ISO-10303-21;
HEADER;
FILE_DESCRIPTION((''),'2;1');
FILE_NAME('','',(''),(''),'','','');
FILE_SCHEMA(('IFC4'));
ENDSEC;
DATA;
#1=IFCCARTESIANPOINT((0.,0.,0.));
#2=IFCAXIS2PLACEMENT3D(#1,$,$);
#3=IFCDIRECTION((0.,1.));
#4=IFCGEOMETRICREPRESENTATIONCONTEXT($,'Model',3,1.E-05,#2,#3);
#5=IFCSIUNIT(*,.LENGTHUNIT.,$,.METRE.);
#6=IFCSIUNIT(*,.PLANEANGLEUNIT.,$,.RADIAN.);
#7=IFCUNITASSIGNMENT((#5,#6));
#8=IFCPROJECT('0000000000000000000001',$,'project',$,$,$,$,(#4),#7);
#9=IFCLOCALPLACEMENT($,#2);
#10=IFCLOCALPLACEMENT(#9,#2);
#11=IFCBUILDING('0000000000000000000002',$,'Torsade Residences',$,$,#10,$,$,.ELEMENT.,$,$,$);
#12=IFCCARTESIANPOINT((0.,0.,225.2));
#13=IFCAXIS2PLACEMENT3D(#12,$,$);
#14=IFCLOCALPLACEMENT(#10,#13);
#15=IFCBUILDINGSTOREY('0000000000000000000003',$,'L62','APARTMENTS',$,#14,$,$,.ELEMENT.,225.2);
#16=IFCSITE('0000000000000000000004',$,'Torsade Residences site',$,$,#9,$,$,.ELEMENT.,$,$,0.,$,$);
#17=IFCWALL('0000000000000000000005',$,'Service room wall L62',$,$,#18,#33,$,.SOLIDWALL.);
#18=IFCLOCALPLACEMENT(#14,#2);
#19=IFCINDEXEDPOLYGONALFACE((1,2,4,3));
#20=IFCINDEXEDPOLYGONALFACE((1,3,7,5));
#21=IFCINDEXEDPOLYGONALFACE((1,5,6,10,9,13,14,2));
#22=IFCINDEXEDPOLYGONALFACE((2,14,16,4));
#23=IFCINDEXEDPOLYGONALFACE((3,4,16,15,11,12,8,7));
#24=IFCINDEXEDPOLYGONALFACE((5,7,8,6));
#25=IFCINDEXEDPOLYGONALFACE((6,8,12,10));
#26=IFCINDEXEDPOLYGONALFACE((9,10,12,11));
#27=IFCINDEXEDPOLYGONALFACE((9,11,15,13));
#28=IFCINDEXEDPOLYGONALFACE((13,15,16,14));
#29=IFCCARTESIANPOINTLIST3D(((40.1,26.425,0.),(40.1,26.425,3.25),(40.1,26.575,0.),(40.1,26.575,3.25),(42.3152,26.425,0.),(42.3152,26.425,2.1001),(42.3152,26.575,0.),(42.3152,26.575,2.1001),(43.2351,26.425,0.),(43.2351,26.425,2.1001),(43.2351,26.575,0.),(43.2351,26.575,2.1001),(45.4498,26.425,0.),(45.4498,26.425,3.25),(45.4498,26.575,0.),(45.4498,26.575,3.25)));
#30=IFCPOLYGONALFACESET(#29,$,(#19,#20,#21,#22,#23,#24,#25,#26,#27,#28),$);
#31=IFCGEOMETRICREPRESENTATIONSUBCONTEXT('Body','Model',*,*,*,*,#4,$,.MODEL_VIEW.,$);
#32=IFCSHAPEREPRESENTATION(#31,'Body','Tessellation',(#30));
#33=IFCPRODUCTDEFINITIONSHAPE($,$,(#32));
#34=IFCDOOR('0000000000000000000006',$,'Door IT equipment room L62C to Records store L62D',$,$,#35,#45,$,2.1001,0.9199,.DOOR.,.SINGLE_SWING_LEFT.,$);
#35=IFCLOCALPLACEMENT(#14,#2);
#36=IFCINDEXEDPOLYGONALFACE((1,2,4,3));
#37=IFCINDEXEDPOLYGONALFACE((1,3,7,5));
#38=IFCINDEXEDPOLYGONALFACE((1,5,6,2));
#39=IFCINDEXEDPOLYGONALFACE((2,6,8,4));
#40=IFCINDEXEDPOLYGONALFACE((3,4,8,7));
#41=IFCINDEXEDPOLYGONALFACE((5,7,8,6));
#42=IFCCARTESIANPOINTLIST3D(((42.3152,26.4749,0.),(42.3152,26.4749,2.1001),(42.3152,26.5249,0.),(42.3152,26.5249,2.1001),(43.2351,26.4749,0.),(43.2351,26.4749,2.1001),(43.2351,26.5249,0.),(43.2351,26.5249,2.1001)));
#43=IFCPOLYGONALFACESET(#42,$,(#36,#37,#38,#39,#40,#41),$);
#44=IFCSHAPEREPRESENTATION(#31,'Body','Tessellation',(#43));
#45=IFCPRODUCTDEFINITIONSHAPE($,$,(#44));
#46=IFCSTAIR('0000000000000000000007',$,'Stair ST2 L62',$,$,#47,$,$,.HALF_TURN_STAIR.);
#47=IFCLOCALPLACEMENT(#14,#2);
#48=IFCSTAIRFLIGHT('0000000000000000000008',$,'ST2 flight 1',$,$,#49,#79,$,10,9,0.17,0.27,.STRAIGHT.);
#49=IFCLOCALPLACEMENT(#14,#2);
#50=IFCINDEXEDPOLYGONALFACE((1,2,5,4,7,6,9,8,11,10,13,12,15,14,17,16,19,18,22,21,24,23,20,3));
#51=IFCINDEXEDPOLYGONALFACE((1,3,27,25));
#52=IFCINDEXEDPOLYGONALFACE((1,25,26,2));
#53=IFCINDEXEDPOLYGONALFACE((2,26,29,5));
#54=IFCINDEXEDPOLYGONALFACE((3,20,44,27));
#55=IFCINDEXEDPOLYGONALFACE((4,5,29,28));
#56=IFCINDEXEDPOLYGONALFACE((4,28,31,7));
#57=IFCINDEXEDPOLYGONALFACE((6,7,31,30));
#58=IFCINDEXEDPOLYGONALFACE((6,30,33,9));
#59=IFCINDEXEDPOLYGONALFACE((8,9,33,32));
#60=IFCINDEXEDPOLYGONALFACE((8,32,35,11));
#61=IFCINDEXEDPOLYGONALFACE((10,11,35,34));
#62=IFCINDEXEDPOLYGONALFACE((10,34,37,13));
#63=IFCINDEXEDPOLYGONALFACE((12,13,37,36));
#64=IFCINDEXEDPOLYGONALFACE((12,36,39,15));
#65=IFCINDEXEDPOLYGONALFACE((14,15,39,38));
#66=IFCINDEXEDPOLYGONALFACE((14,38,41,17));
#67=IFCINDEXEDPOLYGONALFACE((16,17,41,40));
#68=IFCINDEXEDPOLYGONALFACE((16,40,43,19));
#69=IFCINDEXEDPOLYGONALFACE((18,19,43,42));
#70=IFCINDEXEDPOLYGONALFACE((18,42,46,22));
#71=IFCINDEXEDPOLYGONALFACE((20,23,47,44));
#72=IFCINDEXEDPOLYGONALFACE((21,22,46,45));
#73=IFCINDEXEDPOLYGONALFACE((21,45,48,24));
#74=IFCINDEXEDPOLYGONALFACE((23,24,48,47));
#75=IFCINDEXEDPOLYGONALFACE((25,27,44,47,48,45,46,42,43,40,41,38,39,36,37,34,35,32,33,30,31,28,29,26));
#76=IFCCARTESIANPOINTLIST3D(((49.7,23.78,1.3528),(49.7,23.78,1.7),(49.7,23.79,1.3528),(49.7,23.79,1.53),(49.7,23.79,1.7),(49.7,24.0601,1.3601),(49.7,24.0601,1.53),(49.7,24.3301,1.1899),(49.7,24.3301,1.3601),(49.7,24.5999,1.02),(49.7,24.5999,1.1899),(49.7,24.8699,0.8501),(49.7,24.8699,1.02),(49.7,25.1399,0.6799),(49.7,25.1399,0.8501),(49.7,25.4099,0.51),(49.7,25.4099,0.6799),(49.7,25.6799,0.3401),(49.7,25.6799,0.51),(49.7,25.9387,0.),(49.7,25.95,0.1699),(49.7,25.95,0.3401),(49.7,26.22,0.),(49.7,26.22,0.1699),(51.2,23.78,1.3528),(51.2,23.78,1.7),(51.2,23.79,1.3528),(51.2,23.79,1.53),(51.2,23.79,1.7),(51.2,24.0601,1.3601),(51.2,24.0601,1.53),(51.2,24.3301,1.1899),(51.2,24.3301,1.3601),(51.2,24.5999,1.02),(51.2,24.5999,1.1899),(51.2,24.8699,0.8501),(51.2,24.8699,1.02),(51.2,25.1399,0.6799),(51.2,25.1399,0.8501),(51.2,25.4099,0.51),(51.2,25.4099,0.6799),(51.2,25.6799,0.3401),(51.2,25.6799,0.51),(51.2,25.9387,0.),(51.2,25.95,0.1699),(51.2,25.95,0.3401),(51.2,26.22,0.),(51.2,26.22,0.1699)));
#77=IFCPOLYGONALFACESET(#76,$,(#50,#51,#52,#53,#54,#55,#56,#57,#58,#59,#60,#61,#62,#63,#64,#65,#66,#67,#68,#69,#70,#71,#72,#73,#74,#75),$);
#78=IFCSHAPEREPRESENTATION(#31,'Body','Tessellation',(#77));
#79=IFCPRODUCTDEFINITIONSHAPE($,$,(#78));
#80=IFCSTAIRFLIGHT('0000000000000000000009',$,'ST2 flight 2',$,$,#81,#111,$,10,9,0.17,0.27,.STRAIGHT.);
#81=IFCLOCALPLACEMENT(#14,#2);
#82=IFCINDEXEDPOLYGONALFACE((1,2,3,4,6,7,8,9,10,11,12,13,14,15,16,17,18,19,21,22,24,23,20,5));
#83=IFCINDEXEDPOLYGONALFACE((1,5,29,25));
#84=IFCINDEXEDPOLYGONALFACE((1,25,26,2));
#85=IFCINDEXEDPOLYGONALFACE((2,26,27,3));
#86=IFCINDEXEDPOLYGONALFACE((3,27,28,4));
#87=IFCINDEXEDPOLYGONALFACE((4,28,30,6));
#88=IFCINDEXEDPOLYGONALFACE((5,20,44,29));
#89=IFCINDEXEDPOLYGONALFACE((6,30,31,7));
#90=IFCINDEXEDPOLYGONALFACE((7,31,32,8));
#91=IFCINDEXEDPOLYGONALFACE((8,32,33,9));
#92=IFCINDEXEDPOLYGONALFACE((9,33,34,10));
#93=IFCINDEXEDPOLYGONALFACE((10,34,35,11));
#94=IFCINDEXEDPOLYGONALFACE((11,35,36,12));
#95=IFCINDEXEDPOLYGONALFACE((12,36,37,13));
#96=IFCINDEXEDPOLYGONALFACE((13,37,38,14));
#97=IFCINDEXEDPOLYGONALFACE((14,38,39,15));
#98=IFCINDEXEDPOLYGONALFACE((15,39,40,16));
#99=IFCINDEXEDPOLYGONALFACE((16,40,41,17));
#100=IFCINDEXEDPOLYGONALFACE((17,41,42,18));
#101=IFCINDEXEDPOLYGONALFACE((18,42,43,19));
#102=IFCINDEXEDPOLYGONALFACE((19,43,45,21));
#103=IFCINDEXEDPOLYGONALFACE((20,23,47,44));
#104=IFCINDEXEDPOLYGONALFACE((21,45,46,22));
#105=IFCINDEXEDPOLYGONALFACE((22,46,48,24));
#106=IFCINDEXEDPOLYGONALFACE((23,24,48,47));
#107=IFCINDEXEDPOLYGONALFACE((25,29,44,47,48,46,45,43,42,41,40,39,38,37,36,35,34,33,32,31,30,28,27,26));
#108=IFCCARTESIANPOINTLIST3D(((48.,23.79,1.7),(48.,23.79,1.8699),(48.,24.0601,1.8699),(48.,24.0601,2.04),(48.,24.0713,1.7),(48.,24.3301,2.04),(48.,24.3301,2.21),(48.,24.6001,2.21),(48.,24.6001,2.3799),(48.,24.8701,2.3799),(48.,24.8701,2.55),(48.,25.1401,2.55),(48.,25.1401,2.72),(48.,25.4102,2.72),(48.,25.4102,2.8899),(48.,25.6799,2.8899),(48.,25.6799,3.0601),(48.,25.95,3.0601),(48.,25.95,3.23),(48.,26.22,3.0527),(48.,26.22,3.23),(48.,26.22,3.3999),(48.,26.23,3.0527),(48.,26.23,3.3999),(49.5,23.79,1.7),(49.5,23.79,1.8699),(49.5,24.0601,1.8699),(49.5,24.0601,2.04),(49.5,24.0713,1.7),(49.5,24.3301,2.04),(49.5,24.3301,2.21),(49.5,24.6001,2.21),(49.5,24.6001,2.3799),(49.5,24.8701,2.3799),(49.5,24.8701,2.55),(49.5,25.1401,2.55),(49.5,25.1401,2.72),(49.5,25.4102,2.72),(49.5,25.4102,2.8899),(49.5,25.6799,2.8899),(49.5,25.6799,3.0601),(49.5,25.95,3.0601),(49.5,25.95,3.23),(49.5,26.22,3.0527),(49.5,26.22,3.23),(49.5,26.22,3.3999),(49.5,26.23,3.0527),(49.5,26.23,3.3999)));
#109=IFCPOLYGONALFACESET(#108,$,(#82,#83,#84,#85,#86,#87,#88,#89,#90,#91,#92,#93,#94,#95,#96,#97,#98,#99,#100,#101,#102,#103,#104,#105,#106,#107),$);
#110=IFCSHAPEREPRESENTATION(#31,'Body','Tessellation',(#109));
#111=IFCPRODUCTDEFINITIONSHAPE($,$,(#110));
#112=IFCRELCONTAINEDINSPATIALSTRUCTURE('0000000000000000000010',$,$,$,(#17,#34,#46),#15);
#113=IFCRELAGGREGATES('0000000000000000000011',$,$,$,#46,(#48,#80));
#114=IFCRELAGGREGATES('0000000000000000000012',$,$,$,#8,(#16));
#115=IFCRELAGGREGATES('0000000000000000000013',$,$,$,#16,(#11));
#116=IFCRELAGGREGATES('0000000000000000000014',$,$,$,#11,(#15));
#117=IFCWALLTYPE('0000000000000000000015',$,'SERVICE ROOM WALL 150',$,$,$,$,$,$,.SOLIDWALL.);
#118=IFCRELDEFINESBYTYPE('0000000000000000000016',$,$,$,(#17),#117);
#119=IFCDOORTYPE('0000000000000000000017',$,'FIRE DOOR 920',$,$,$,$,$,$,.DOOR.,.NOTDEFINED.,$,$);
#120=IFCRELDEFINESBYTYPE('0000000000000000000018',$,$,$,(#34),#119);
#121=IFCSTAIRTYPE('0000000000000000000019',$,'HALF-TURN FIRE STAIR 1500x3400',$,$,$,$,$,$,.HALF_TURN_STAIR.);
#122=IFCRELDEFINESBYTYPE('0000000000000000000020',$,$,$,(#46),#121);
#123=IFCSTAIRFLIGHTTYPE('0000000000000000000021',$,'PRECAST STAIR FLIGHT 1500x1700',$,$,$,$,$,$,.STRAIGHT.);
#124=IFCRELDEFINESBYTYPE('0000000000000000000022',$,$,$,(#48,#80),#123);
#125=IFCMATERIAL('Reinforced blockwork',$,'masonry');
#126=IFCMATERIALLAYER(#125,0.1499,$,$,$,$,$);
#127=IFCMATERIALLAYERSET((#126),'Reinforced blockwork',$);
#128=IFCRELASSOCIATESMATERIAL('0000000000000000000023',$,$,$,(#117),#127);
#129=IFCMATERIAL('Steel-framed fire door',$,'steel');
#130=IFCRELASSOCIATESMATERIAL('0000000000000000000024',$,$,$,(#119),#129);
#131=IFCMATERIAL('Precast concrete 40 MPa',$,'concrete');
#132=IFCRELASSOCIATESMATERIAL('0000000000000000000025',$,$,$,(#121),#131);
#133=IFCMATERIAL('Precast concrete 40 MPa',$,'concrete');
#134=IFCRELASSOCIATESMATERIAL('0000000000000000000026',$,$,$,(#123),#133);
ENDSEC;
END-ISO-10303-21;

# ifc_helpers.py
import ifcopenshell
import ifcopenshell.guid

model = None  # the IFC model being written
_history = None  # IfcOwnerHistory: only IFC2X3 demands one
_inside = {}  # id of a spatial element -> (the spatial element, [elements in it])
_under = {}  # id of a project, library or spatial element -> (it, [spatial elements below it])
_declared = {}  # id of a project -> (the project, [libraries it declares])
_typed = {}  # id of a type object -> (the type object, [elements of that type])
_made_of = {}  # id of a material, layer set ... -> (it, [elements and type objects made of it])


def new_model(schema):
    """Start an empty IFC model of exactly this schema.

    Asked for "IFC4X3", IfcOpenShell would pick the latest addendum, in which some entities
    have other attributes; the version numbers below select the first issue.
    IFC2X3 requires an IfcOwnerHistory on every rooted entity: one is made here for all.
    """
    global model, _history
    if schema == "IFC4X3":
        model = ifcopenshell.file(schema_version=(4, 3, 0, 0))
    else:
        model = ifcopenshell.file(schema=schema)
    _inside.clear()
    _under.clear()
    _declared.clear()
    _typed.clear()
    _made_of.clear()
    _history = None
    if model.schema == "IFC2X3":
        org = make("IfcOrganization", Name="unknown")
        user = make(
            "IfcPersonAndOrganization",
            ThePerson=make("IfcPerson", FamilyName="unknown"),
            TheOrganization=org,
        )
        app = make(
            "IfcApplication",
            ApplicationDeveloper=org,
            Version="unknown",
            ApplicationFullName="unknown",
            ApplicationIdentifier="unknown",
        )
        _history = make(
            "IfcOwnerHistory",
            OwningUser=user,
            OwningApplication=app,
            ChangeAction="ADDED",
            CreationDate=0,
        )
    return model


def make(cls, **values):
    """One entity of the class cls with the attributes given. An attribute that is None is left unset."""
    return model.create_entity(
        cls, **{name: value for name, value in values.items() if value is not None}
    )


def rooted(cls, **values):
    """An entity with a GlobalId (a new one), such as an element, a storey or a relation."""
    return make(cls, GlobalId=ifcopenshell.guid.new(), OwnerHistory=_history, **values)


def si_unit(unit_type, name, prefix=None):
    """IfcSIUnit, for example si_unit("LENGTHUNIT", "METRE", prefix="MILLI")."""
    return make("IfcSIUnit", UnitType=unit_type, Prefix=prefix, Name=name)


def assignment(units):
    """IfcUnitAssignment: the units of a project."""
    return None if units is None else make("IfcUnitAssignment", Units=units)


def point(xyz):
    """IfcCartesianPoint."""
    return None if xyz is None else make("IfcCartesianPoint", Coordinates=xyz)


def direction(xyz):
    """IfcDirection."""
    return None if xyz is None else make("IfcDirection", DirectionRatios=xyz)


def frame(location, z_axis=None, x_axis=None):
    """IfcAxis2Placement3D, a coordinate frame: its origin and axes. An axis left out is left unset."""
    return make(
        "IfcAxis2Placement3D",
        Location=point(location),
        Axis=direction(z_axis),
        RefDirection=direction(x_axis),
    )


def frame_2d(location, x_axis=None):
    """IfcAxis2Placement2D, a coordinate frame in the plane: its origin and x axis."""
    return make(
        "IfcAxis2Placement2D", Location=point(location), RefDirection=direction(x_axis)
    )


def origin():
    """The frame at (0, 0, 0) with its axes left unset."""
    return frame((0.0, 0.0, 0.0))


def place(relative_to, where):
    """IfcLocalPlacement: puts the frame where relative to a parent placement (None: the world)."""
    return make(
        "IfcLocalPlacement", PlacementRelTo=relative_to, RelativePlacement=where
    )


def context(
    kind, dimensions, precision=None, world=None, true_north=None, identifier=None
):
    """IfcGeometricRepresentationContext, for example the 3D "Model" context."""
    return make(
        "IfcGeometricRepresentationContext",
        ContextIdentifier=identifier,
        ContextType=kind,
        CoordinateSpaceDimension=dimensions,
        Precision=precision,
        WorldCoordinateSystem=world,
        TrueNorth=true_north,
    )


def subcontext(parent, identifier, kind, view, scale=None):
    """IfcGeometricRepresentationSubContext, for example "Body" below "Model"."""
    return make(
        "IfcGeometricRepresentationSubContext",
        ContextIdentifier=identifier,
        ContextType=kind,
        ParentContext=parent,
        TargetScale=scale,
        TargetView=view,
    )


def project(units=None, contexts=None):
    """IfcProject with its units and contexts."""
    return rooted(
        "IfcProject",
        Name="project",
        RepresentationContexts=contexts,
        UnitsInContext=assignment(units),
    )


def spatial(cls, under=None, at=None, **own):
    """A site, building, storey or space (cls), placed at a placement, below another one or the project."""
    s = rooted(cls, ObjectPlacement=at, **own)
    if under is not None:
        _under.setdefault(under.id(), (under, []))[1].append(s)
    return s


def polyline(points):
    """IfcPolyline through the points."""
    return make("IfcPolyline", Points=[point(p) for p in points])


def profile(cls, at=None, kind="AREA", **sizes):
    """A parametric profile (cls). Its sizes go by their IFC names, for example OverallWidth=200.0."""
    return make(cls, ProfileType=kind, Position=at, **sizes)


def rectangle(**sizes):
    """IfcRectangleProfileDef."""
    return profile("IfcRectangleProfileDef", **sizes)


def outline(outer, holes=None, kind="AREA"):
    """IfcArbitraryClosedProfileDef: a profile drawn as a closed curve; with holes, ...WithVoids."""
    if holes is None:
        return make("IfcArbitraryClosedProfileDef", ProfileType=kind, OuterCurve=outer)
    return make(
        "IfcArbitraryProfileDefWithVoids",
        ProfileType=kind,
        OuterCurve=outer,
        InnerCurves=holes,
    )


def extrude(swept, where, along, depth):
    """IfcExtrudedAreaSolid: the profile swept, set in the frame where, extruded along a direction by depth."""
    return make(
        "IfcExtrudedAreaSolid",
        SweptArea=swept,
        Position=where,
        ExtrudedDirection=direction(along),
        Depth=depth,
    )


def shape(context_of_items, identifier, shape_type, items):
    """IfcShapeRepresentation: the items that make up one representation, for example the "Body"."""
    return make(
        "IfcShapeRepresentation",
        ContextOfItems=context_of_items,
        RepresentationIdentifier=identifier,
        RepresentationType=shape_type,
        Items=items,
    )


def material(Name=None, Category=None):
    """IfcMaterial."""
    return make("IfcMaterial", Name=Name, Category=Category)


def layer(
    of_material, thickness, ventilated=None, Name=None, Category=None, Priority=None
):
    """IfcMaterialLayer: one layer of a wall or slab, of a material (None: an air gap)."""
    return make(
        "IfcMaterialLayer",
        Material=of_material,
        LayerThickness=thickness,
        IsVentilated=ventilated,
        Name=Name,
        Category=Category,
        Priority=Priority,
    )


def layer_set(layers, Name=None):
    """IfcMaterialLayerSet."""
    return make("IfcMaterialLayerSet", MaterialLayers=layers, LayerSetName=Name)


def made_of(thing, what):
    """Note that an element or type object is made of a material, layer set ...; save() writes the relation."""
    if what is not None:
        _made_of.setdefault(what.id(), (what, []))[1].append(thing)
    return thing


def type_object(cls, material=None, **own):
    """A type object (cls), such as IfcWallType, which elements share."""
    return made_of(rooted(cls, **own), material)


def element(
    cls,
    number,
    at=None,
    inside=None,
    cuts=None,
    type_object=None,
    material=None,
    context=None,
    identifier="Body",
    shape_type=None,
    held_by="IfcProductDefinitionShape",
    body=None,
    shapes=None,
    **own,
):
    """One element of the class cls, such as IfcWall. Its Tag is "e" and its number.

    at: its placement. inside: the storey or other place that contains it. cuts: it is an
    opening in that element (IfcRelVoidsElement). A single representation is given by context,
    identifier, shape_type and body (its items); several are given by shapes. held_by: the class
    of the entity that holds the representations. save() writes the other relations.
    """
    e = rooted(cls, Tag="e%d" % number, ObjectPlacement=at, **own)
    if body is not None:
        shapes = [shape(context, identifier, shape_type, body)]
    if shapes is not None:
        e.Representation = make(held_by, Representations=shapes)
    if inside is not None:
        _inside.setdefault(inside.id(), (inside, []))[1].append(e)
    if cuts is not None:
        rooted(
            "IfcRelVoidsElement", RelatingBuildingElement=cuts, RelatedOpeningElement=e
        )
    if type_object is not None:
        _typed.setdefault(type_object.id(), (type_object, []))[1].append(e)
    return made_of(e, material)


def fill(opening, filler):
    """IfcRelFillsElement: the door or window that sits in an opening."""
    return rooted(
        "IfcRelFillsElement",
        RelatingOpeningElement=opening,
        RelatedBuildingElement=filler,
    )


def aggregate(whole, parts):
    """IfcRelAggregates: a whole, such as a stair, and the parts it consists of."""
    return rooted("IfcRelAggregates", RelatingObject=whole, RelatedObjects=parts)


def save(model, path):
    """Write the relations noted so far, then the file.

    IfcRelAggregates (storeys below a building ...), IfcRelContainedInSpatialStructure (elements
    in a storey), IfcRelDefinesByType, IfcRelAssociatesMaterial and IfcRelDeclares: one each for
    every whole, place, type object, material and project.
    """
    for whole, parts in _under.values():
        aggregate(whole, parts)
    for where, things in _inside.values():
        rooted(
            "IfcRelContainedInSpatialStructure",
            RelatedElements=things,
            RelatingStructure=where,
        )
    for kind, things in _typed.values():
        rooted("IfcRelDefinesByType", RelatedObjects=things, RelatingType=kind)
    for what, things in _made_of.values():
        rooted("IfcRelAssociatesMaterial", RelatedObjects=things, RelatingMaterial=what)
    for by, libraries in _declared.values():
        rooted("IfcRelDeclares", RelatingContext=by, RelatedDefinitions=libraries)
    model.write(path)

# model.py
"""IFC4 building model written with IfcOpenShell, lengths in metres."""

from ifc_helpers import new_model, si_unit, direction, frame, frame_2d, origin, place, context, subcontext, project, spatial, polyline, rectangle, outline, extrude, material, layer, layer_set, type_object, element, fill, aggregate, save


model = new_model("IFC4")

# Units and contexts
model_context = context("Model", 3, precision=1e-05, world=origin(), true_north=direction((0.0, 1.0)))
body_context = subcontext(model_context, "Body", "Model", "MODEL_VIEW")
ifc_project = project(units=[si_unit("LENGTHUNIT", "METRE"), si_unit("PLANEANGLEUNIT", "RADIAN")], contexts=[model_context])

# Site, building, storey
site_placement = place(None, origin())
site = spatial("IfcSite", under=ifc_project, at=site_placement, Name="Torsade Residences site", CompositionType="ELEMENT", RefElevation=0.0)
building_placement = place(site_placement, origin())
building = spatial("IfcBuilding", under=site, at=building_placement, Name="Torsade Residences", CompositionType="ELEMENT")
storey_placement = place(building_placement, frame((0.0, 0.0, 225.2)))
storey = spatial("IfcBuildingStorey", under=building, at=storey_placement, Name="L62", Description="APARTMENTS", CompositionType="ELEMENT", Elevation=225.2)

# Wall, opening, door
ifc_material_1 = material(Name="Reinforced blockwork", Category="masonry")
ifc_layer_1 = layer(ifc_material_1, 0.1499)
ifc_layer_set_1 = layer_set([ifc_layer_1], Name="Reinforced blockwork")
wall_type_1 = type_object("IfcWallType", Name="SERVICE ROOM WALL 150", PredefinedType="SOLIDWALL", material=ifc_layer_set_1)
ifc_material_2 = material(Name="Steel-framed fire door", Category="steel")
door_type_1 = type_object("IfcDoorType", Name="FIRE DOOR 920", OperationType="NOTDEFINED", PredefinedType="DOOR", material=ifc_material_2)
wall_1_placement = place(storey_placement, frame((40.1001, 26.5, 0.0), z_axis=(0.0, 0.0, 1.0), x_axis=(1.0, 0.0, 0.0)))
wall_1 = element("IfcWall", 1, at=wall_1_placement, inside=storey, type_object=wall_type_1, Name="Service room wall L62", PredefinedType="SOLIDWALL", context=body_context, shape_type="SweptSolid", body=[
    extrude(rectangle(XDim=5.3499, YDim=0.1499, at=frame_2d((2.6748, 0.0))), origin(), (0.0, 0.0, 1.0), 3.25),
])
opening_1_placement = place(wall_1_placement, frame((2.2151, 0.0, 0.0)))
opening_1 = element("IfcOpeningElement", 2, at=opening_1_placement, cuts=wall_1, PredefinedType="OPENING", context=body_context, shape_type="SweptSolid", body=[
    extrude(rectangle(XDim=0.9199, YDim=2.1001, at=frame_2d((0.46, 1.05))), frame((0.0, 0.085, 0.0), z_axis=(0.0, -1.0, 0.0), x_axis=(1.0, 0.0, 0.0)), (0.0, 0.0, 1.0), 0.1699),
])
door_1_placement = place(opening_1_placement, origin())
door_1 = element("IfcDoor", 3, at=door_1_placement, inside=storey, type_object=door_type_1, Name="Door IT equipment room L62C to Records store L62D", OperationType="SINGLE_SWING_LEFT", OverallHeight=2.1001, OverallWidth=0.9199, PredefinedType="DOOR", context=body_context, shape_type="SweptSolid", body=[
    extrude(rectangle(XDim=0.9199, YDim=2.1001, at=frame_2d((0.46, 1.05))), frame((0.0, 0.0249, 0.0), z_axis=(0.0, -1.0, 0.0), x_axis=(1.0, 0.0, 0.0)), (0.0, 0.0, 1.0), 0.05),
])
fill(opening_1, door_1)

# Stair, stair flights
ifc_material_3 = material(Name="Precast concrete 40 MPa", Category="concrete")
stair_type = type_object("IfcStairType", Name="HALF-TURN FIRE STAIR 1500x3400", PredefinedType="HALF_TURN_STAIR", material=ifc_material_3)
stair_placement = place(storey_placement, origin())
stair = element("IfcStair", 4, at=stair_placement, inside=storey, type_object=stair_type, Name="Stair ST2 L62", PredefinedType="HALF_TURN_STAIR")
ifc_material_4 = material(Name="Precast concrete 40 MPa", Category="concrete")
stair_flight_type = type_object("IfcStairFlightType", Name="PRECAST STAIR FLIGHT 1500x1700", PredefinedType="STRAIGHT", material=ifc_material_4)
stair_flight_1_placement = place(storey_placement, frame((50.45, 26.22, 0.0), z_axis=(0.0, 0.0, 1.0), x_axis=(0.0, -1.0, 0.0)))
stair_flight_1 = element("IfcStairFlight", 5, at=stair_flight_1_placement, type_object=stair_flight_type, Name="ST2 flight 1", NumberOfRisers=10, NumberOfTreads=9, PredefinedType="STRAIGHT", RiserHeight=0.17, TreadLength=0.27, context=body_context, shape_type="SweptSolid", body=[
    extrude(outline(polyline([(0.0, 0.0), (0.0, 0.1699), (0.27, 0.1699), (0.27, 0.3401), (0.54, 0.3401), (0.54, 0.51), (0.8101, 0.51), (0.8101, 0.6799), (1.0801, 0.6799), (1.0801, 0.8501), (1.3501, 0.8501), (1.3501, 1.02), (1.6201, 1.02), (1.6201, 1.1899), (1.8899, 1.1899), (1.8899, 1.3601), (2.1599, 1.3601), (2.1599, 1.53), (2.4299, 1.53), (2.4299, 1.7), (2.4399, 1.7), (2.4399, 1.3528), (2.4299, 1.3528), (0.2812, 0.0), (0.0, 0.0)])), frame((0.0, 0.75, 0.0), z_axis=(0.0, -1.0, 0.0), x_axis=(1.0, 0.0, 0.0)), (0.0, 0.0, 1.0), 1.5),
])
stair_flight_2_placement = place(storey_placement, frame((48.75, 23.79, 1.7), z_axis=(0.0, 0.0, 1.0), x_axis=(0.0, 1.0, 0.0)))
stair_flight_2 = element("IfcStairFlight", 6, at=stair_flight_2_placement, type_object=stair_flight_type, Name="ST2 flight 2", NumberOfRisers=10, NumberOfTreads=9, PredefinedType="STRAIGHT", RiserHeight=0.17, TreadLength=0.27, context=body_context, shape_type="SweptSolid", body=[
    extrude(outline(polyline([(0.0, 0.0), (0.0, 0.1699), (0.27, 0.1699), (0.27, 0.3401), (0.54, 0.3401), (0.54, 0.51), (0.8101, 0.51), (0.8101, 0.6799), (1.0801, 0.6799), (1.0801, 0.8501), (1.3501, 0.8501), (1.3501, 1.02), (1.6201, 1.02), (1.6201, 1.1899), (1.8899, 1.1899), (1.8899, 1.3601), (2.1599, 1.3601), (2.1599, 1.53), (2.4299, 1.53), (2.4299, 1.7), (2.4399, 1.7), (2.4399, 1.3528), (2.4299, 1.3528), (0.2812, 0.0), (0.0, 0.0)])), frame((0.0, 0.75, 0.0), z_axis=(0.0, -1.0, 0.0), x_axis=(1.0, 0.0, 0.0)), (0.0, 0.0, 1.0), 1.5),
])
aggregate(stair, [stair_flight_1, stair_flight_2])

save(model, "model.ifc")
